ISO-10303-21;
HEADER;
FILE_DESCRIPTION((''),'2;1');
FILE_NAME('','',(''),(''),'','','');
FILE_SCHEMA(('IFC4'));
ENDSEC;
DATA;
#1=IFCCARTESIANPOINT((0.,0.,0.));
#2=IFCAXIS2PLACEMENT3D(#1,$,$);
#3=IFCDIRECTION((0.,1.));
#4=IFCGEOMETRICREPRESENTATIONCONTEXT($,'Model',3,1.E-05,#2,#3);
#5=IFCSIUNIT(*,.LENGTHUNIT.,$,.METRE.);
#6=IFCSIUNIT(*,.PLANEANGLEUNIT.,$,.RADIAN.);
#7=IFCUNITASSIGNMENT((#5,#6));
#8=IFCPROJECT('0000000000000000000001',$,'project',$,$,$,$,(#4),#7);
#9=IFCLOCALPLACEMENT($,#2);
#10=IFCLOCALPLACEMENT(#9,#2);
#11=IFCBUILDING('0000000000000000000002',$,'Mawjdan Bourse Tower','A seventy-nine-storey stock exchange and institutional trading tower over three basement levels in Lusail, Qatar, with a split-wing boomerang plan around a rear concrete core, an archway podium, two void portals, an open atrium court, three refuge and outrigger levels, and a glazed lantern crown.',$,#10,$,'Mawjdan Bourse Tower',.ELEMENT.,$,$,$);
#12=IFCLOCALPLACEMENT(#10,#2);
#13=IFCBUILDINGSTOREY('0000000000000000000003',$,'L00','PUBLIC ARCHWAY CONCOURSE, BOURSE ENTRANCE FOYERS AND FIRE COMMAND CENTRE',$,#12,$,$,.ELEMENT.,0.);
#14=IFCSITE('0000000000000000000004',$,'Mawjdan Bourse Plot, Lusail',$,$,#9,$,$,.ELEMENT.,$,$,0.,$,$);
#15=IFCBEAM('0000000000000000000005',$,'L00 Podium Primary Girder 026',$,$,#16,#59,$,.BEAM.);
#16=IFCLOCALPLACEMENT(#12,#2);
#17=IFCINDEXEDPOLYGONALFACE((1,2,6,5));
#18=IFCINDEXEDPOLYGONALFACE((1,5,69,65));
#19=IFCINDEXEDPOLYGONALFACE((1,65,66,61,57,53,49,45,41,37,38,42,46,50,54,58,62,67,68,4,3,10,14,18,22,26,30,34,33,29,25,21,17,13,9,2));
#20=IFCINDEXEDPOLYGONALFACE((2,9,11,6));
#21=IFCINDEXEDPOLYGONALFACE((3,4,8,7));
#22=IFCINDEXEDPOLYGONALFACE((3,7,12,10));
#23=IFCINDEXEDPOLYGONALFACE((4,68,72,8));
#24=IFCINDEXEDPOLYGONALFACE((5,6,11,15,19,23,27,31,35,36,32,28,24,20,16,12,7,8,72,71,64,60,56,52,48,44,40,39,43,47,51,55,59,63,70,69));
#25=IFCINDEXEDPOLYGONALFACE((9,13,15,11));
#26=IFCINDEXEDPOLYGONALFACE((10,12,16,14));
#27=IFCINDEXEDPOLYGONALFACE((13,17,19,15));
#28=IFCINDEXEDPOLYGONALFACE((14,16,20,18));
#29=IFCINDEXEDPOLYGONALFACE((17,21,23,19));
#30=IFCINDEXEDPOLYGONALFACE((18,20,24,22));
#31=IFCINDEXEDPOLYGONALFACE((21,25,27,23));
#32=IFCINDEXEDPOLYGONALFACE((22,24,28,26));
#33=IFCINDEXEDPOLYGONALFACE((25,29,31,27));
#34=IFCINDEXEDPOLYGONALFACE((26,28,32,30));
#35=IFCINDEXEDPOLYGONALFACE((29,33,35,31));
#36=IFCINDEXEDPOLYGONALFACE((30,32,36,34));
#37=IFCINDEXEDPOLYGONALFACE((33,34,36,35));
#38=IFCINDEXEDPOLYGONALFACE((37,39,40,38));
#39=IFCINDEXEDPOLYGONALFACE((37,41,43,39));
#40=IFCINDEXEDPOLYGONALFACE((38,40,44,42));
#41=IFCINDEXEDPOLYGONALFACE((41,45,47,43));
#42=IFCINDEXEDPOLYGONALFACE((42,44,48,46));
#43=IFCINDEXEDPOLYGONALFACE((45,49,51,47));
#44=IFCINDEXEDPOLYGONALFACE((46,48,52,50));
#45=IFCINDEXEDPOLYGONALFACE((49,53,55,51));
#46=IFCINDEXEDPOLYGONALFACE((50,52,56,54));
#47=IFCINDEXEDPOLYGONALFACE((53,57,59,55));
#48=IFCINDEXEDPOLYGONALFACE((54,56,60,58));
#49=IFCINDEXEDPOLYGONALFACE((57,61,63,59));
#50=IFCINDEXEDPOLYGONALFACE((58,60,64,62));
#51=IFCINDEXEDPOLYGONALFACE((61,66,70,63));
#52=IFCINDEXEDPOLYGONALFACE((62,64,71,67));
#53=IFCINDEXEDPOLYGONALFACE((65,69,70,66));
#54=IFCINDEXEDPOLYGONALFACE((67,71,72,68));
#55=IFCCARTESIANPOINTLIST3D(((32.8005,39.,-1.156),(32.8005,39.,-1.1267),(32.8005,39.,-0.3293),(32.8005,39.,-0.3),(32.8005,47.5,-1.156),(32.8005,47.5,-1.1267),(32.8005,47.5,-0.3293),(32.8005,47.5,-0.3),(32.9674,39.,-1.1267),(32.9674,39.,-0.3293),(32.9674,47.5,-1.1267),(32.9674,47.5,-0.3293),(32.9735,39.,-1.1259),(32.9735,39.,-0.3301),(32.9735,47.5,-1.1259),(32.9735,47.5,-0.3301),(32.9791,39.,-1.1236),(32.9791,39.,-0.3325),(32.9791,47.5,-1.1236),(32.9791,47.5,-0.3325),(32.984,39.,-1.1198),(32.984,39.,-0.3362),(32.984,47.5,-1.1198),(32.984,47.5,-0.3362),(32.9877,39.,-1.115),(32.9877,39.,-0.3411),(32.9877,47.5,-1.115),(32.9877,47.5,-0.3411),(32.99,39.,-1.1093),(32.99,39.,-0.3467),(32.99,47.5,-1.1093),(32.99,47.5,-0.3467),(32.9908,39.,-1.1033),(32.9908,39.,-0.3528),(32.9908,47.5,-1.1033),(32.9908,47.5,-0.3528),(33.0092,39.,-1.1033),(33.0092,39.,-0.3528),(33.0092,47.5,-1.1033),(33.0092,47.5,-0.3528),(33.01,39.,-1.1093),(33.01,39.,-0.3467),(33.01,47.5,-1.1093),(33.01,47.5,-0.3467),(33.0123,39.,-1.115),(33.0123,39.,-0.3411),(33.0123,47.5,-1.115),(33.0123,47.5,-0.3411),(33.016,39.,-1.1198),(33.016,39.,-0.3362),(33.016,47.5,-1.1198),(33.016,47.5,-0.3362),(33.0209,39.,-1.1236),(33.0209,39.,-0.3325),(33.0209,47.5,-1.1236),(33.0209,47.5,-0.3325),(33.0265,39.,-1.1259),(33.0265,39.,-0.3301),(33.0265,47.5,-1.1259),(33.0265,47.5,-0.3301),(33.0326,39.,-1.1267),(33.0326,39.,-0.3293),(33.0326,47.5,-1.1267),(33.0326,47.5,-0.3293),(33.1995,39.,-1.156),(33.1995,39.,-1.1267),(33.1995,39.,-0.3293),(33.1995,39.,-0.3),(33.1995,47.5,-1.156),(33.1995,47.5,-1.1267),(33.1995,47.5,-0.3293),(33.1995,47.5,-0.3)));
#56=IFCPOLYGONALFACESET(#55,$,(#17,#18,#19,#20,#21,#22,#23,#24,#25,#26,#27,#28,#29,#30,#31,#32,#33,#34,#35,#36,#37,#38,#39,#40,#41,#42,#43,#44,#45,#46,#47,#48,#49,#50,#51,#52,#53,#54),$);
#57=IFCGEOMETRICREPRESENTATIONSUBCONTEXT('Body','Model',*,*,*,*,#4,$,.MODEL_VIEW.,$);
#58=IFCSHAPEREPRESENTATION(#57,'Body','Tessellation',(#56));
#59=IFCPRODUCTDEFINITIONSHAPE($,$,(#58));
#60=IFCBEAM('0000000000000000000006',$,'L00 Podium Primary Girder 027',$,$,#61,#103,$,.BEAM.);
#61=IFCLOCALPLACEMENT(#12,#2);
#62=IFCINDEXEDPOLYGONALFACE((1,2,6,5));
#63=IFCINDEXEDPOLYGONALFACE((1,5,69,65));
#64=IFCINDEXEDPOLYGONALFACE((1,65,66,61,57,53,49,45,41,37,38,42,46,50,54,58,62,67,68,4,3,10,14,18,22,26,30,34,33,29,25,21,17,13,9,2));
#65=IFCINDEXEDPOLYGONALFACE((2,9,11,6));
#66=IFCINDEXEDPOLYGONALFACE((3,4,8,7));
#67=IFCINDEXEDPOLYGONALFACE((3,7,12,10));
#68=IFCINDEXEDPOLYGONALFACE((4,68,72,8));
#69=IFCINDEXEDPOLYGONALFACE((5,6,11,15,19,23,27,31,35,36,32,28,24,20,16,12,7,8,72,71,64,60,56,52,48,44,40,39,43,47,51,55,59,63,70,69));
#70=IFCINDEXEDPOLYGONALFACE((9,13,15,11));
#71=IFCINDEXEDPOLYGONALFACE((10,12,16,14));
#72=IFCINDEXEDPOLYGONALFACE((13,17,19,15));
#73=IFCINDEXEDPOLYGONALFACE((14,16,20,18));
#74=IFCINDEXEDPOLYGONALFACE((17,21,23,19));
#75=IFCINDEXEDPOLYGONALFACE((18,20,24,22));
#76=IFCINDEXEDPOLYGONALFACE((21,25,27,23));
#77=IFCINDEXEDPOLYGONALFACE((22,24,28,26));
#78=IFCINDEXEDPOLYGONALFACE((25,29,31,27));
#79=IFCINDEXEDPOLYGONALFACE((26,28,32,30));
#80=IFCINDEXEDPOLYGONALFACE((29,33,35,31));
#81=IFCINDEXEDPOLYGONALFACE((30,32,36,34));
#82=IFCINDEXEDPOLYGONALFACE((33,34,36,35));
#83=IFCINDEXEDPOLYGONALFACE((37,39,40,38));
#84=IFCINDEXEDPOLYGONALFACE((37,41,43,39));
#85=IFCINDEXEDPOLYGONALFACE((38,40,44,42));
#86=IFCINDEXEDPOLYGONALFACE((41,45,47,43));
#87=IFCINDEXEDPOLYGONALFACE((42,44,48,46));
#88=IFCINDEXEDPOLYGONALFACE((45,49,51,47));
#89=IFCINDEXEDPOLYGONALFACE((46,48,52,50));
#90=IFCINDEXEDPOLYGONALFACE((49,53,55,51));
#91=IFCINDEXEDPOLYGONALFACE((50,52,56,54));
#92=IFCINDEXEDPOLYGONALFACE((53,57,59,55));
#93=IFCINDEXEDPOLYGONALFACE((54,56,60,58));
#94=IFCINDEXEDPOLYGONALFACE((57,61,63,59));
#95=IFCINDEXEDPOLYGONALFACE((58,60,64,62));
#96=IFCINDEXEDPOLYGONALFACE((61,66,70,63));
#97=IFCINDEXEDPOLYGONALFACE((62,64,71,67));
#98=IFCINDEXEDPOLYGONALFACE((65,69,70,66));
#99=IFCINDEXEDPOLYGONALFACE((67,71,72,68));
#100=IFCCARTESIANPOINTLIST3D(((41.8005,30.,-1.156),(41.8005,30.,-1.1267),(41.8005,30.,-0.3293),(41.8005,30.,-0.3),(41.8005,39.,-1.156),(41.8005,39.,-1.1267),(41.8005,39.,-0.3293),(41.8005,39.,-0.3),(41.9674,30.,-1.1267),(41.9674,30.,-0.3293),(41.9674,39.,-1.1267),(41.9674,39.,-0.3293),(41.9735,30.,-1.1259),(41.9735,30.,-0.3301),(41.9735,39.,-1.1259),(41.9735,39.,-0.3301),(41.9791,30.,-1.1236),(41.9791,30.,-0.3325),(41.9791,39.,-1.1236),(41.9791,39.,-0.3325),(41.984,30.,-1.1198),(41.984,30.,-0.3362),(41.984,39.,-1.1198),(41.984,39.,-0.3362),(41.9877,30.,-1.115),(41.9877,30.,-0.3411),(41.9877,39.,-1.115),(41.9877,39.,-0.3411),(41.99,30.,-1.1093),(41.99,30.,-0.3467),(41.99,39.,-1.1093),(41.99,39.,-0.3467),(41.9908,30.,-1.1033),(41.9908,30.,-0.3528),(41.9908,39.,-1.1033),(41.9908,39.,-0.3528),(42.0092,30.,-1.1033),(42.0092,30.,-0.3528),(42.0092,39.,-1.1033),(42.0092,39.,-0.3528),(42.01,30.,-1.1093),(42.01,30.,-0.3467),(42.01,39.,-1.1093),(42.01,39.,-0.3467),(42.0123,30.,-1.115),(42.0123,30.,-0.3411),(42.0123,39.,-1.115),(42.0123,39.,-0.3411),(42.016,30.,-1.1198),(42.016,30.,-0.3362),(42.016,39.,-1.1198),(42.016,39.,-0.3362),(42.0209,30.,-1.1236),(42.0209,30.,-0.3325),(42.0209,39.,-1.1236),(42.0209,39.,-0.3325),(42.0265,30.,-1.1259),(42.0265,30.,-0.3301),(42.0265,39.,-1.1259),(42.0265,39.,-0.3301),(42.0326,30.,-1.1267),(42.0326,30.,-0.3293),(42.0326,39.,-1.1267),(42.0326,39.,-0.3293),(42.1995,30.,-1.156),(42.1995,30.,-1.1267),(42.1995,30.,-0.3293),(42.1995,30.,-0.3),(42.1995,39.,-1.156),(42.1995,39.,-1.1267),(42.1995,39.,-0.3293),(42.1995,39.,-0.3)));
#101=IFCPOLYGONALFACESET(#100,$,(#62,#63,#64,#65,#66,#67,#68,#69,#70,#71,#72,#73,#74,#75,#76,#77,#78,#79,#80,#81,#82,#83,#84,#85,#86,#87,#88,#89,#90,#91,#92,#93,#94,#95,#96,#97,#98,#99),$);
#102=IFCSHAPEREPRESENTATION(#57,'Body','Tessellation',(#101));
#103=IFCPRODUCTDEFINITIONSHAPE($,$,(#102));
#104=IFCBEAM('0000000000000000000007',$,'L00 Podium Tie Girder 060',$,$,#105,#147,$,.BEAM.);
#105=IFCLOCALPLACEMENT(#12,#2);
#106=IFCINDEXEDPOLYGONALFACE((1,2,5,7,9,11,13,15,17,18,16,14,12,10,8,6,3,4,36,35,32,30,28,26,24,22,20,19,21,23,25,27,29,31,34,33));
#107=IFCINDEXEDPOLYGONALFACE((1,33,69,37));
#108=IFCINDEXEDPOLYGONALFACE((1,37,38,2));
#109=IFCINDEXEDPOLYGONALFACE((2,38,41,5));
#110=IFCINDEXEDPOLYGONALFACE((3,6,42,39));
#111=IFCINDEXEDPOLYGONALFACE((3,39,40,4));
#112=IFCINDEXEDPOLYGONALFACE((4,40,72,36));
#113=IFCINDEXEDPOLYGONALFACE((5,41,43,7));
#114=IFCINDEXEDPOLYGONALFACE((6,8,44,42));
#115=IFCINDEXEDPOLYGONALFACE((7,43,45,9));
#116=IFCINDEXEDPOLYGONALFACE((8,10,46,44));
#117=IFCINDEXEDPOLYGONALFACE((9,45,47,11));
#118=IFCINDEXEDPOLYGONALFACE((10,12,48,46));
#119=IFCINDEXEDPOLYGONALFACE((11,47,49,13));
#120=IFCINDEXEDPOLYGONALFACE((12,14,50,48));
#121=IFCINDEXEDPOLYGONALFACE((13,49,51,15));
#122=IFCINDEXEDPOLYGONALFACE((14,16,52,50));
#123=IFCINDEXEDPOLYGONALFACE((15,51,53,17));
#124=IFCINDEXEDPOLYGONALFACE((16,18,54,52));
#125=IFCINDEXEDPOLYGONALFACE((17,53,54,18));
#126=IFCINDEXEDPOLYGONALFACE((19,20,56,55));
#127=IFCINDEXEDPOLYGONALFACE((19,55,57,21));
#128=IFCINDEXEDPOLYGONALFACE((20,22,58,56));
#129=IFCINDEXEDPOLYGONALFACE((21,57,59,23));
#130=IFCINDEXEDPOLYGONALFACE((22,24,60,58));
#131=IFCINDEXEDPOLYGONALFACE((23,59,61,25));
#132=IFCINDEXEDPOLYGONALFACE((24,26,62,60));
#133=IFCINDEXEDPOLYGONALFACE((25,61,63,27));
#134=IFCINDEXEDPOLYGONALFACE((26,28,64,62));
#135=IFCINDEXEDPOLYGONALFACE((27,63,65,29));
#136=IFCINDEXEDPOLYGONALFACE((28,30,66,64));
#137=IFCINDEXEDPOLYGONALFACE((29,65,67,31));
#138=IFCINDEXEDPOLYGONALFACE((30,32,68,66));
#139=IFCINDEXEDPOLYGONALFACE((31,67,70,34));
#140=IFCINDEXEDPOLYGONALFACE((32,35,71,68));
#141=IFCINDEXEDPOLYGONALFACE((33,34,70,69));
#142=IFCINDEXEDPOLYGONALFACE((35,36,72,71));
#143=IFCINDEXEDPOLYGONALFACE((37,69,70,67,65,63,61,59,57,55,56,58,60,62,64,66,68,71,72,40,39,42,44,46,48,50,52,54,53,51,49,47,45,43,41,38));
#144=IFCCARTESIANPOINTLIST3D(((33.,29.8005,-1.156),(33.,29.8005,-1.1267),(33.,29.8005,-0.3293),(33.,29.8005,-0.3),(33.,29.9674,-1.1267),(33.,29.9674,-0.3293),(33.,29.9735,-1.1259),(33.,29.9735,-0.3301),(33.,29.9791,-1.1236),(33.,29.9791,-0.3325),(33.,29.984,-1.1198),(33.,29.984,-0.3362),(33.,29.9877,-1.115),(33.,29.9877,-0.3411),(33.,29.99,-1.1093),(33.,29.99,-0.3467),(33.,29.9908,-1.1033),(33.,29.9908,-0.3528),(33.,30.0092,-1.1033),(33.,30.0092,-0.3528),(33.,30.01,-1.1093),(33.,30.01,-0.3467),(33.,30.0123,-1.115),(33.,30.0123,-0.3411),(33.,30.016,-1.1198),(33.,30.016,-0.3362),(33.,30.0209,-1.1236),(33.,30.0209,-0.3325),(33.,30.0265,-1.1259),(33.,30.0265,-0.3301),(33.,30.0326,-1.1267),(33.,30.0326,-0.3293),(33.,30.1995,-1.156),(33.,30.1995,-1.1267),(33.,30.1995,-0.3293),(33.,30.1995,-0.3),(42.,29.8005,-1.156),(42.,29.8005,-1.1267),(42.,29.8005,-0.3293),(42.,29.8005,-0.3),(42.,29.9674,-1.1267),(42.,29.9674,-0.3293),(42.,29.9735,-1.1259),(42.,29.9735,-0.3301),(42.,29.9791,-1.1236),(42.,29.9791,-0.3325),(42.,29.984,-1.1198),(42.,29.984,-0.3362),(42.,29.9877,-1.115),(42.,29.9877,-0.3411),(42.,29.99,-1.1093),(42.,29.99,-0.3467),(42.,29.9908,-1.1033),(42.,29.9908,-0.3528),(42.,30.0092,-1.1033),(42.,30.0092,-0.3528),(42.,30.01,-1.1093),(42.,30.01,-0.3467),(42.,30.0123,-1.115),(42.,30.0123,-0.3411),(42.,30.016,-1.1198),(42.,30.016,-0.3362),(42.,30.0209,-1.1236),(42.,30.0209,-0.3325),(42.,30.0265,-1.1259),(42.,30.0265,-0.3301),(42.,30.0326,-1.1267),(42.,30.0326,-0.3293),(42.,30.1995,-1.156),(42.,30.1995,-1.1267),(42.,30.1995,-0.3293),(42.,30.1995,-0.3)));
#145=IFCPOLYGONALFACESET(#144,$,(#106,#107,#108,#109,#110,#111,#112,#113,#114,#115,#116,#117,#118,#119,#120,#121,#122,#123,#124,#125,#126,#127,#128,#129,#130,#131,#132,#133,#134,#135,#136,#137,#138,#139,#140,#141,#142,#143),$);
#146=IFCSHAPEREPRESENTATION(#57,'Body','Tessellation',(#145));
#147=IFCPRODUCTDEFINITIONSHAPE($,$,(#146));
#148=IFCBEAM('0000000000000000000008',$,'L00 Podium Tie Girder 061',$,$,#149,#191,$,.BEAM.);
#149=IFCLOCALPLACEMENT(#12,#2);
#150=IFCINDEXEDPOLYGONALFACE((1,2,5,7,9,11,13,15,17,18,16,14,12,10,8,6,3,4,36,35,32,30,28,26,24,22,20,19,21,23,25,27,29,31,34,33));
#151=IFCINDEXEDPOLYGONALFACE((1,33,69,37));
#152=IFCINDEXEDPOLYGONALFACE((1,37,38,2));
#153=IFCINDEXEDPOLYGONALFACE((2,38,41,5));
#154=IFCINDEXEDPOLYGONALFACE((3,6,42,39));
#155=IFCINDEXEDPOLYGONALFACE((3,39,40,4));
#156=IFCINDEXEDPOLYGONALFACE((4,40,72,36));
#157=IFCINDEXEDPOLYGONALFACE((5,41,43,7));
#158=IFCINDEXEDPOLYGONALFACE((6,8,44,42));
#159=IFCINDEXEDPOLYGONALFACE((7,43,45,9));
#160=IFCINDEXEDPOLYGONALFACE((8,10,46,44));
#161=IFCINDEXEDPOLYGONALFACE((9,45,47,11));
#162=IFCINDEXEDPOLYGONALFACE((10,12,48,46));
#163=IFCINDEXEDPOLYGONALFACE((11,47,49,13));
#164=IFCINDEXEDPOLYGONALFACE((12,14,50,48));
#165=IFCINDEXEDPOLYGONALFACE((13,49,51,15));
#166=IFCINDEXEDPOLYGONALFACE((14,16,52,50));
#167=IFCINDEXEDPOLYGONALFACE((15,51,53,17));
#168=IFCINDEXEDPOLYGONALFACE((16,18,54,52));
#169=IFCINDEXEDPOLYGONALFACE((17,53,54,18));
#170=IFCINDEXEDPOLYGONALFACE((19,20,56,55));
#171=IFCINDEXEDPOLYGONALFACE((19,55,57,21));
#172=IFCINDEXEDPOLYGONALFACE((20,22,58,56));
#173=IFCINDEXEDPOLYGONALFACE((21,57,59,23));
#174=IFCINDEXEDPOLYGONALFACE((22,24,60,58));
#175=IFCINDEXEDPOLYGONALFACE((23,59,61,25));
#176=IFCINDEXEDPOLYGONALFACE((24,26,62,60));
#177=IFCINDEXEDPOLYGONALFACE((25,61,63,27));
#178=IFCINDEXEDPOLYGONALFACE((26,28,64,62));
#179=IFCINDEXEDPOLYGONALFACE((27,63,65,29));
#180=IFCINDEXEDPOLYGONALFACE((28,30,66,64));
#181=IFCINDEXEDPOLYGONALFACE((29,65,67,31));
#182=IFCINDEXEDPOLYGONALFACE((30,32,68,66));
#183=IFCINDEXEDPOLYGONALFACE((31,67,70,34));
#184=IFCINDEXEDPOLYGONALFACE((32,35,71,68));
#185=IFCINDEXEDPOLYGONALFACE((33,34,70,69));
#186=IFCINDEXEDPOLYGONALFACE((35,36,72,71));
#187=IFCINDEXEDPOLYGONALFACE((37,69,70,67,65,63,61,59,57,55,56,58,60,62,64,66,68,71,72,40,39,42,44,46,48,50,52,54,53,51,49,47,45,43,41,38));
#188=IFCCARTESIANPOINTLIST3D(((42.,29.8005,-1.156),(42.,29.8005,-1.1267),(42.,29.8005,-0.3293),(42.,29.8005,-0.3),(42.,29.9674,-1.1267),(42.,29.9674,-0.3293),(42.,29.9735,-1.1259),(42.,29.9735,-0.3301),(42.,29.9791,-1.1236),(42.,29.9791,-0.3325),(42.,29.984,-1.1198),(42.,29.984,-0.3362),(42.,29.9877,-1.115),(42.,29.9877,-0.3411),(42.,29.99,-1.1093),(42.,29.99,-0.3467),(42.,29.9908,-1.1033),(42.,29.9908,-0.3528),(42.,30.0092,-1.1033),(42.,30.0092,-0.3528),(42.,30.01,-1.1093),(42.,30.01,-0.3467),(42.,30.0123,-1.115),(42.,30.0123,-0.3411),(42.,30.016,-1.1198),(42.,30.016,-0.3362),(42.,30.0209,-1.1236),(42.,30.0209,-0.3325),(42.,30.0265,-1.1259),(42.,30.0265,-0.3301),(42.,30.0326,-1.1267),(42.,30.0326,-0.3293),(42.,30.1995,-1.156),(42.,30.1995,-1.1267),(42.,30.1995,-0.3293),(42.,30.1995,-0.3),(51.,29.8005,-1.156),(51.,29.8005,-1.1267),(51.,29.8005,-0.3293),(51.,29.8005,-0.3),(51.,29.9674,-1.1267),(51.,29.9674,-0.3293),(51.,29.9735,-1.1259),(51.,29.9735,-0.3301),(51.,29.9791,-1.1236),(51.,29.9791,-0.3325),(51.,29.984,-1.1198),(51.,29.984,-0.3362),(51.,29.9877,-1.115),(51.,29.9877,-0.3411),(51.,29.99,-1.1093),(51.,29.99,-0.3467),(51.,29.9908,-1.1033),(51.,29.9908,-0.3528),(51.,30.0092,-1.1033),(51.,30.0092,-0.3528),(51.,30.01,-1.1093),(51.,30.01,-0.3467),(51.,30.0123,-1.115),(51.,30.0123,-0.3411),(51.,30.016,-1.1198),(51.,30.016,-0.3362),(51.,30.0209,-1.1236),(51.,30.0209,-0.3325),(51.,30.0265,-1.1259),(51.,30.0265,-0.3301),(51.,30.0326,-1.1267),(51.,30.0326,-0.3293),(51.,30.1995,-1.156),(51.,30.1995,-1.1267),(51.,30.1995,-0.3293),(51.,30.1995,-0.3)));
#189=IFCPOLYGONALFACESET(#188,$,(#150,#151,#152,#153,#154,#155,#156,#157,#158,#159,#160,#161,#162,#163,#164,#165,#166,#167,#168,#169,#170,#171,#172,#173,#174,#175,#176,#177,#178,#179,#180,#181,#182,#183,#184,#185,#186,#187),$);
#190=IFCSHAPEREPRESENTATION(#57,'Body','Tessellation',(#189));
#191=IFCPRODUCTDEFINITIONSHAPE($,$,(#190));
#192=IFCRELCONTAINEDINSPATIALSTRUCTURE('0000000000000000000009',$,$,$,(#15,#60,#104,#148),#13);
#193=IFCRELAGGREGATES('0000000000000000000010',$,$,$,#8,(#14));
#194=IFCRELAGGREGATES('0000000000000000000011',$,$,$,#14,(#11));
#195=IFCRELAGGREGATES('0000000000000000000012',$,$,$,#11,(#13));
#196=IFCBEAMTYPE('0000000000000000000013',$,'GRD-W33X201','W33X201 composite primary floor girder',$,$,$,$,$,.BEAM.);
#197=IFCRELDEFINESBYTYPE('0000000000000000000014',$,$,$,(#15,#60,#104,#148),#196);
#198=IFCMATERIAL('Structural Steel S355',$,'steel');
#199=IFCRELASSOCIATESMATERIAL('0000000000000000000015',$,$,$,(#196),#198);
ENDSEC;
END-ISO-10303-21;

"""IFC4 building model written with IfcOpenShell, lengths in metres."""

from ifc_helpers import new_model, si_unit, direction, frame, origin, origin_2d, place, context, subcontext, project, spatial, i_section, extrude, material, material_profile, profile_set, type_object, element, save


model = new_model("IFC4")

# Units and contexts
model_context = context("Model", 3, precision=1e-05, world=origin(), true_north=direction((0.0, 1.0)))
body_context = subcontext(model_context, "Body", "Model", "MODEL_VIEW")
ifc_project = project(units=[si_unit("LENGTHUNIT", "METRE"), si_unit("PLANEANGLEUNIT", "RADIAN")], contexts=[model_context])

# Site, building, storey
site_placement = place(None, origin())
site = spatial("IfcSite", under=ifc_project, at=site_placement, Name="Mawjdan Bourse Plot, Lusail", CompositionType="ELEMENT", RefElevation=0.0)
building_placement = place(site_placement, origin())
building = spatial("IfcBuilding", under=site, at=building_placement, Name="Mawjdan Bourse Tower", Description="A seventy-nine-storey stock exchange and institutional trading tower over three basement levels in Lusail, Qatar, with a split-wing boomerang plan around a rear concrete core, an archway podium, two void portals, an open atrium court, three refuge and outrigger levels, and a glazed lantern crown.", LongName="Mawjdan Bourse Tower", CompositionType="ELEMENT")
storey_placement = place(building_placement, origin())
storey = spatial("IfcBuildingStorey", under=building, at=storey_placement, Name="L00", Description="PUBLIC ARCHWAY CONCOURSE, BOURSE ENTRANCE FOYERS AND FIRE COMMAND CENTRE", CompositionType="ELEMENT", Elevation=0.0)

# Beams
ifc_material_1 = material(Name="Structural Steel S355", Category="steel")
ifc_material_profile_1 = material_profile(ifc_material_1, i_section(OverallWidth=0.3989, OverallDepth=0.856, WebThickness=0.0183, FlangeThickness=0.0293, FilletRadius=0.0234, at=origin_2d()), Name="W33X201")
ifc_profile_set_1 = profile_set([ifc_material_profile_1], Name="Structural Steel S355")
beam_type_1 = type_object("IfcBeamType", Name="GRD-W33X201", Description="W33X201 composite primary floor girder", PredefinedType="BEAM", material=ifc_profile_set_1)
beam_1_placement = place(storey_placement, frame((33.0, 39.0, -0.728), z_axis=(0.0, 1.0, 0.0), x_axis=(-1.0, 0.0, 0.0)))
element("IfcBeam", 1, at=beam_1_placement, inside=storey, type_object=beam_type_1, Name="L00 Podium Primary Girder 026", PredefinedType="BEAM", context=body_context, shape_type="SweptSolid", body=[
    extrude(i_section(OverallWidth=0.3989, OverallDepth=0.856, WebThickness=0.0183, FlangeThickness=0.0293, FilletRadius=0.0234, at=origin_2d()), origin(), (0.0, 0.0, 1.0), 8.5),
])
for number, where, z_axis, x_axis, name in (
    (2, (42.0, 30.0, -0.728), (0.0, 1.0, 0.0), (-1.0, 0.0, 0.0), "L00 Podium Primary Girder 027"),
    (3, (33.0, 30.0, -0.728), (1.0, 0.0, 0.0), (0.0, 1.0, 0.0), "L00 Podium Tie Girder 060"),
    (4, (42.0, 30.0, -0.728), (1.0, 0.0, 0.0), (0.0, 1.0, 0.0), "L00 Podium Tie Girder 061"),
):
    element("IfcBeam", number, at=place(storey_placement, frame(where, z_axis=z_axis, x_axis=x_axis)), inside=storey, type_object=beam_type_1, Name=name, PredefinedType="BEAM", context=body_context, shape_type="SweptSolid", body=[
        extrude(i_section(OverallWidth=0.3989, OverallDepth=0.856, WebThickness=0.0183, FlangeThickness=0.0293, FilletRadius=0.0234, at=origin_2d()), origin(), (0.0, 0.0, 1.0), 9.0),
    ])

save(model, "model.ifc")
